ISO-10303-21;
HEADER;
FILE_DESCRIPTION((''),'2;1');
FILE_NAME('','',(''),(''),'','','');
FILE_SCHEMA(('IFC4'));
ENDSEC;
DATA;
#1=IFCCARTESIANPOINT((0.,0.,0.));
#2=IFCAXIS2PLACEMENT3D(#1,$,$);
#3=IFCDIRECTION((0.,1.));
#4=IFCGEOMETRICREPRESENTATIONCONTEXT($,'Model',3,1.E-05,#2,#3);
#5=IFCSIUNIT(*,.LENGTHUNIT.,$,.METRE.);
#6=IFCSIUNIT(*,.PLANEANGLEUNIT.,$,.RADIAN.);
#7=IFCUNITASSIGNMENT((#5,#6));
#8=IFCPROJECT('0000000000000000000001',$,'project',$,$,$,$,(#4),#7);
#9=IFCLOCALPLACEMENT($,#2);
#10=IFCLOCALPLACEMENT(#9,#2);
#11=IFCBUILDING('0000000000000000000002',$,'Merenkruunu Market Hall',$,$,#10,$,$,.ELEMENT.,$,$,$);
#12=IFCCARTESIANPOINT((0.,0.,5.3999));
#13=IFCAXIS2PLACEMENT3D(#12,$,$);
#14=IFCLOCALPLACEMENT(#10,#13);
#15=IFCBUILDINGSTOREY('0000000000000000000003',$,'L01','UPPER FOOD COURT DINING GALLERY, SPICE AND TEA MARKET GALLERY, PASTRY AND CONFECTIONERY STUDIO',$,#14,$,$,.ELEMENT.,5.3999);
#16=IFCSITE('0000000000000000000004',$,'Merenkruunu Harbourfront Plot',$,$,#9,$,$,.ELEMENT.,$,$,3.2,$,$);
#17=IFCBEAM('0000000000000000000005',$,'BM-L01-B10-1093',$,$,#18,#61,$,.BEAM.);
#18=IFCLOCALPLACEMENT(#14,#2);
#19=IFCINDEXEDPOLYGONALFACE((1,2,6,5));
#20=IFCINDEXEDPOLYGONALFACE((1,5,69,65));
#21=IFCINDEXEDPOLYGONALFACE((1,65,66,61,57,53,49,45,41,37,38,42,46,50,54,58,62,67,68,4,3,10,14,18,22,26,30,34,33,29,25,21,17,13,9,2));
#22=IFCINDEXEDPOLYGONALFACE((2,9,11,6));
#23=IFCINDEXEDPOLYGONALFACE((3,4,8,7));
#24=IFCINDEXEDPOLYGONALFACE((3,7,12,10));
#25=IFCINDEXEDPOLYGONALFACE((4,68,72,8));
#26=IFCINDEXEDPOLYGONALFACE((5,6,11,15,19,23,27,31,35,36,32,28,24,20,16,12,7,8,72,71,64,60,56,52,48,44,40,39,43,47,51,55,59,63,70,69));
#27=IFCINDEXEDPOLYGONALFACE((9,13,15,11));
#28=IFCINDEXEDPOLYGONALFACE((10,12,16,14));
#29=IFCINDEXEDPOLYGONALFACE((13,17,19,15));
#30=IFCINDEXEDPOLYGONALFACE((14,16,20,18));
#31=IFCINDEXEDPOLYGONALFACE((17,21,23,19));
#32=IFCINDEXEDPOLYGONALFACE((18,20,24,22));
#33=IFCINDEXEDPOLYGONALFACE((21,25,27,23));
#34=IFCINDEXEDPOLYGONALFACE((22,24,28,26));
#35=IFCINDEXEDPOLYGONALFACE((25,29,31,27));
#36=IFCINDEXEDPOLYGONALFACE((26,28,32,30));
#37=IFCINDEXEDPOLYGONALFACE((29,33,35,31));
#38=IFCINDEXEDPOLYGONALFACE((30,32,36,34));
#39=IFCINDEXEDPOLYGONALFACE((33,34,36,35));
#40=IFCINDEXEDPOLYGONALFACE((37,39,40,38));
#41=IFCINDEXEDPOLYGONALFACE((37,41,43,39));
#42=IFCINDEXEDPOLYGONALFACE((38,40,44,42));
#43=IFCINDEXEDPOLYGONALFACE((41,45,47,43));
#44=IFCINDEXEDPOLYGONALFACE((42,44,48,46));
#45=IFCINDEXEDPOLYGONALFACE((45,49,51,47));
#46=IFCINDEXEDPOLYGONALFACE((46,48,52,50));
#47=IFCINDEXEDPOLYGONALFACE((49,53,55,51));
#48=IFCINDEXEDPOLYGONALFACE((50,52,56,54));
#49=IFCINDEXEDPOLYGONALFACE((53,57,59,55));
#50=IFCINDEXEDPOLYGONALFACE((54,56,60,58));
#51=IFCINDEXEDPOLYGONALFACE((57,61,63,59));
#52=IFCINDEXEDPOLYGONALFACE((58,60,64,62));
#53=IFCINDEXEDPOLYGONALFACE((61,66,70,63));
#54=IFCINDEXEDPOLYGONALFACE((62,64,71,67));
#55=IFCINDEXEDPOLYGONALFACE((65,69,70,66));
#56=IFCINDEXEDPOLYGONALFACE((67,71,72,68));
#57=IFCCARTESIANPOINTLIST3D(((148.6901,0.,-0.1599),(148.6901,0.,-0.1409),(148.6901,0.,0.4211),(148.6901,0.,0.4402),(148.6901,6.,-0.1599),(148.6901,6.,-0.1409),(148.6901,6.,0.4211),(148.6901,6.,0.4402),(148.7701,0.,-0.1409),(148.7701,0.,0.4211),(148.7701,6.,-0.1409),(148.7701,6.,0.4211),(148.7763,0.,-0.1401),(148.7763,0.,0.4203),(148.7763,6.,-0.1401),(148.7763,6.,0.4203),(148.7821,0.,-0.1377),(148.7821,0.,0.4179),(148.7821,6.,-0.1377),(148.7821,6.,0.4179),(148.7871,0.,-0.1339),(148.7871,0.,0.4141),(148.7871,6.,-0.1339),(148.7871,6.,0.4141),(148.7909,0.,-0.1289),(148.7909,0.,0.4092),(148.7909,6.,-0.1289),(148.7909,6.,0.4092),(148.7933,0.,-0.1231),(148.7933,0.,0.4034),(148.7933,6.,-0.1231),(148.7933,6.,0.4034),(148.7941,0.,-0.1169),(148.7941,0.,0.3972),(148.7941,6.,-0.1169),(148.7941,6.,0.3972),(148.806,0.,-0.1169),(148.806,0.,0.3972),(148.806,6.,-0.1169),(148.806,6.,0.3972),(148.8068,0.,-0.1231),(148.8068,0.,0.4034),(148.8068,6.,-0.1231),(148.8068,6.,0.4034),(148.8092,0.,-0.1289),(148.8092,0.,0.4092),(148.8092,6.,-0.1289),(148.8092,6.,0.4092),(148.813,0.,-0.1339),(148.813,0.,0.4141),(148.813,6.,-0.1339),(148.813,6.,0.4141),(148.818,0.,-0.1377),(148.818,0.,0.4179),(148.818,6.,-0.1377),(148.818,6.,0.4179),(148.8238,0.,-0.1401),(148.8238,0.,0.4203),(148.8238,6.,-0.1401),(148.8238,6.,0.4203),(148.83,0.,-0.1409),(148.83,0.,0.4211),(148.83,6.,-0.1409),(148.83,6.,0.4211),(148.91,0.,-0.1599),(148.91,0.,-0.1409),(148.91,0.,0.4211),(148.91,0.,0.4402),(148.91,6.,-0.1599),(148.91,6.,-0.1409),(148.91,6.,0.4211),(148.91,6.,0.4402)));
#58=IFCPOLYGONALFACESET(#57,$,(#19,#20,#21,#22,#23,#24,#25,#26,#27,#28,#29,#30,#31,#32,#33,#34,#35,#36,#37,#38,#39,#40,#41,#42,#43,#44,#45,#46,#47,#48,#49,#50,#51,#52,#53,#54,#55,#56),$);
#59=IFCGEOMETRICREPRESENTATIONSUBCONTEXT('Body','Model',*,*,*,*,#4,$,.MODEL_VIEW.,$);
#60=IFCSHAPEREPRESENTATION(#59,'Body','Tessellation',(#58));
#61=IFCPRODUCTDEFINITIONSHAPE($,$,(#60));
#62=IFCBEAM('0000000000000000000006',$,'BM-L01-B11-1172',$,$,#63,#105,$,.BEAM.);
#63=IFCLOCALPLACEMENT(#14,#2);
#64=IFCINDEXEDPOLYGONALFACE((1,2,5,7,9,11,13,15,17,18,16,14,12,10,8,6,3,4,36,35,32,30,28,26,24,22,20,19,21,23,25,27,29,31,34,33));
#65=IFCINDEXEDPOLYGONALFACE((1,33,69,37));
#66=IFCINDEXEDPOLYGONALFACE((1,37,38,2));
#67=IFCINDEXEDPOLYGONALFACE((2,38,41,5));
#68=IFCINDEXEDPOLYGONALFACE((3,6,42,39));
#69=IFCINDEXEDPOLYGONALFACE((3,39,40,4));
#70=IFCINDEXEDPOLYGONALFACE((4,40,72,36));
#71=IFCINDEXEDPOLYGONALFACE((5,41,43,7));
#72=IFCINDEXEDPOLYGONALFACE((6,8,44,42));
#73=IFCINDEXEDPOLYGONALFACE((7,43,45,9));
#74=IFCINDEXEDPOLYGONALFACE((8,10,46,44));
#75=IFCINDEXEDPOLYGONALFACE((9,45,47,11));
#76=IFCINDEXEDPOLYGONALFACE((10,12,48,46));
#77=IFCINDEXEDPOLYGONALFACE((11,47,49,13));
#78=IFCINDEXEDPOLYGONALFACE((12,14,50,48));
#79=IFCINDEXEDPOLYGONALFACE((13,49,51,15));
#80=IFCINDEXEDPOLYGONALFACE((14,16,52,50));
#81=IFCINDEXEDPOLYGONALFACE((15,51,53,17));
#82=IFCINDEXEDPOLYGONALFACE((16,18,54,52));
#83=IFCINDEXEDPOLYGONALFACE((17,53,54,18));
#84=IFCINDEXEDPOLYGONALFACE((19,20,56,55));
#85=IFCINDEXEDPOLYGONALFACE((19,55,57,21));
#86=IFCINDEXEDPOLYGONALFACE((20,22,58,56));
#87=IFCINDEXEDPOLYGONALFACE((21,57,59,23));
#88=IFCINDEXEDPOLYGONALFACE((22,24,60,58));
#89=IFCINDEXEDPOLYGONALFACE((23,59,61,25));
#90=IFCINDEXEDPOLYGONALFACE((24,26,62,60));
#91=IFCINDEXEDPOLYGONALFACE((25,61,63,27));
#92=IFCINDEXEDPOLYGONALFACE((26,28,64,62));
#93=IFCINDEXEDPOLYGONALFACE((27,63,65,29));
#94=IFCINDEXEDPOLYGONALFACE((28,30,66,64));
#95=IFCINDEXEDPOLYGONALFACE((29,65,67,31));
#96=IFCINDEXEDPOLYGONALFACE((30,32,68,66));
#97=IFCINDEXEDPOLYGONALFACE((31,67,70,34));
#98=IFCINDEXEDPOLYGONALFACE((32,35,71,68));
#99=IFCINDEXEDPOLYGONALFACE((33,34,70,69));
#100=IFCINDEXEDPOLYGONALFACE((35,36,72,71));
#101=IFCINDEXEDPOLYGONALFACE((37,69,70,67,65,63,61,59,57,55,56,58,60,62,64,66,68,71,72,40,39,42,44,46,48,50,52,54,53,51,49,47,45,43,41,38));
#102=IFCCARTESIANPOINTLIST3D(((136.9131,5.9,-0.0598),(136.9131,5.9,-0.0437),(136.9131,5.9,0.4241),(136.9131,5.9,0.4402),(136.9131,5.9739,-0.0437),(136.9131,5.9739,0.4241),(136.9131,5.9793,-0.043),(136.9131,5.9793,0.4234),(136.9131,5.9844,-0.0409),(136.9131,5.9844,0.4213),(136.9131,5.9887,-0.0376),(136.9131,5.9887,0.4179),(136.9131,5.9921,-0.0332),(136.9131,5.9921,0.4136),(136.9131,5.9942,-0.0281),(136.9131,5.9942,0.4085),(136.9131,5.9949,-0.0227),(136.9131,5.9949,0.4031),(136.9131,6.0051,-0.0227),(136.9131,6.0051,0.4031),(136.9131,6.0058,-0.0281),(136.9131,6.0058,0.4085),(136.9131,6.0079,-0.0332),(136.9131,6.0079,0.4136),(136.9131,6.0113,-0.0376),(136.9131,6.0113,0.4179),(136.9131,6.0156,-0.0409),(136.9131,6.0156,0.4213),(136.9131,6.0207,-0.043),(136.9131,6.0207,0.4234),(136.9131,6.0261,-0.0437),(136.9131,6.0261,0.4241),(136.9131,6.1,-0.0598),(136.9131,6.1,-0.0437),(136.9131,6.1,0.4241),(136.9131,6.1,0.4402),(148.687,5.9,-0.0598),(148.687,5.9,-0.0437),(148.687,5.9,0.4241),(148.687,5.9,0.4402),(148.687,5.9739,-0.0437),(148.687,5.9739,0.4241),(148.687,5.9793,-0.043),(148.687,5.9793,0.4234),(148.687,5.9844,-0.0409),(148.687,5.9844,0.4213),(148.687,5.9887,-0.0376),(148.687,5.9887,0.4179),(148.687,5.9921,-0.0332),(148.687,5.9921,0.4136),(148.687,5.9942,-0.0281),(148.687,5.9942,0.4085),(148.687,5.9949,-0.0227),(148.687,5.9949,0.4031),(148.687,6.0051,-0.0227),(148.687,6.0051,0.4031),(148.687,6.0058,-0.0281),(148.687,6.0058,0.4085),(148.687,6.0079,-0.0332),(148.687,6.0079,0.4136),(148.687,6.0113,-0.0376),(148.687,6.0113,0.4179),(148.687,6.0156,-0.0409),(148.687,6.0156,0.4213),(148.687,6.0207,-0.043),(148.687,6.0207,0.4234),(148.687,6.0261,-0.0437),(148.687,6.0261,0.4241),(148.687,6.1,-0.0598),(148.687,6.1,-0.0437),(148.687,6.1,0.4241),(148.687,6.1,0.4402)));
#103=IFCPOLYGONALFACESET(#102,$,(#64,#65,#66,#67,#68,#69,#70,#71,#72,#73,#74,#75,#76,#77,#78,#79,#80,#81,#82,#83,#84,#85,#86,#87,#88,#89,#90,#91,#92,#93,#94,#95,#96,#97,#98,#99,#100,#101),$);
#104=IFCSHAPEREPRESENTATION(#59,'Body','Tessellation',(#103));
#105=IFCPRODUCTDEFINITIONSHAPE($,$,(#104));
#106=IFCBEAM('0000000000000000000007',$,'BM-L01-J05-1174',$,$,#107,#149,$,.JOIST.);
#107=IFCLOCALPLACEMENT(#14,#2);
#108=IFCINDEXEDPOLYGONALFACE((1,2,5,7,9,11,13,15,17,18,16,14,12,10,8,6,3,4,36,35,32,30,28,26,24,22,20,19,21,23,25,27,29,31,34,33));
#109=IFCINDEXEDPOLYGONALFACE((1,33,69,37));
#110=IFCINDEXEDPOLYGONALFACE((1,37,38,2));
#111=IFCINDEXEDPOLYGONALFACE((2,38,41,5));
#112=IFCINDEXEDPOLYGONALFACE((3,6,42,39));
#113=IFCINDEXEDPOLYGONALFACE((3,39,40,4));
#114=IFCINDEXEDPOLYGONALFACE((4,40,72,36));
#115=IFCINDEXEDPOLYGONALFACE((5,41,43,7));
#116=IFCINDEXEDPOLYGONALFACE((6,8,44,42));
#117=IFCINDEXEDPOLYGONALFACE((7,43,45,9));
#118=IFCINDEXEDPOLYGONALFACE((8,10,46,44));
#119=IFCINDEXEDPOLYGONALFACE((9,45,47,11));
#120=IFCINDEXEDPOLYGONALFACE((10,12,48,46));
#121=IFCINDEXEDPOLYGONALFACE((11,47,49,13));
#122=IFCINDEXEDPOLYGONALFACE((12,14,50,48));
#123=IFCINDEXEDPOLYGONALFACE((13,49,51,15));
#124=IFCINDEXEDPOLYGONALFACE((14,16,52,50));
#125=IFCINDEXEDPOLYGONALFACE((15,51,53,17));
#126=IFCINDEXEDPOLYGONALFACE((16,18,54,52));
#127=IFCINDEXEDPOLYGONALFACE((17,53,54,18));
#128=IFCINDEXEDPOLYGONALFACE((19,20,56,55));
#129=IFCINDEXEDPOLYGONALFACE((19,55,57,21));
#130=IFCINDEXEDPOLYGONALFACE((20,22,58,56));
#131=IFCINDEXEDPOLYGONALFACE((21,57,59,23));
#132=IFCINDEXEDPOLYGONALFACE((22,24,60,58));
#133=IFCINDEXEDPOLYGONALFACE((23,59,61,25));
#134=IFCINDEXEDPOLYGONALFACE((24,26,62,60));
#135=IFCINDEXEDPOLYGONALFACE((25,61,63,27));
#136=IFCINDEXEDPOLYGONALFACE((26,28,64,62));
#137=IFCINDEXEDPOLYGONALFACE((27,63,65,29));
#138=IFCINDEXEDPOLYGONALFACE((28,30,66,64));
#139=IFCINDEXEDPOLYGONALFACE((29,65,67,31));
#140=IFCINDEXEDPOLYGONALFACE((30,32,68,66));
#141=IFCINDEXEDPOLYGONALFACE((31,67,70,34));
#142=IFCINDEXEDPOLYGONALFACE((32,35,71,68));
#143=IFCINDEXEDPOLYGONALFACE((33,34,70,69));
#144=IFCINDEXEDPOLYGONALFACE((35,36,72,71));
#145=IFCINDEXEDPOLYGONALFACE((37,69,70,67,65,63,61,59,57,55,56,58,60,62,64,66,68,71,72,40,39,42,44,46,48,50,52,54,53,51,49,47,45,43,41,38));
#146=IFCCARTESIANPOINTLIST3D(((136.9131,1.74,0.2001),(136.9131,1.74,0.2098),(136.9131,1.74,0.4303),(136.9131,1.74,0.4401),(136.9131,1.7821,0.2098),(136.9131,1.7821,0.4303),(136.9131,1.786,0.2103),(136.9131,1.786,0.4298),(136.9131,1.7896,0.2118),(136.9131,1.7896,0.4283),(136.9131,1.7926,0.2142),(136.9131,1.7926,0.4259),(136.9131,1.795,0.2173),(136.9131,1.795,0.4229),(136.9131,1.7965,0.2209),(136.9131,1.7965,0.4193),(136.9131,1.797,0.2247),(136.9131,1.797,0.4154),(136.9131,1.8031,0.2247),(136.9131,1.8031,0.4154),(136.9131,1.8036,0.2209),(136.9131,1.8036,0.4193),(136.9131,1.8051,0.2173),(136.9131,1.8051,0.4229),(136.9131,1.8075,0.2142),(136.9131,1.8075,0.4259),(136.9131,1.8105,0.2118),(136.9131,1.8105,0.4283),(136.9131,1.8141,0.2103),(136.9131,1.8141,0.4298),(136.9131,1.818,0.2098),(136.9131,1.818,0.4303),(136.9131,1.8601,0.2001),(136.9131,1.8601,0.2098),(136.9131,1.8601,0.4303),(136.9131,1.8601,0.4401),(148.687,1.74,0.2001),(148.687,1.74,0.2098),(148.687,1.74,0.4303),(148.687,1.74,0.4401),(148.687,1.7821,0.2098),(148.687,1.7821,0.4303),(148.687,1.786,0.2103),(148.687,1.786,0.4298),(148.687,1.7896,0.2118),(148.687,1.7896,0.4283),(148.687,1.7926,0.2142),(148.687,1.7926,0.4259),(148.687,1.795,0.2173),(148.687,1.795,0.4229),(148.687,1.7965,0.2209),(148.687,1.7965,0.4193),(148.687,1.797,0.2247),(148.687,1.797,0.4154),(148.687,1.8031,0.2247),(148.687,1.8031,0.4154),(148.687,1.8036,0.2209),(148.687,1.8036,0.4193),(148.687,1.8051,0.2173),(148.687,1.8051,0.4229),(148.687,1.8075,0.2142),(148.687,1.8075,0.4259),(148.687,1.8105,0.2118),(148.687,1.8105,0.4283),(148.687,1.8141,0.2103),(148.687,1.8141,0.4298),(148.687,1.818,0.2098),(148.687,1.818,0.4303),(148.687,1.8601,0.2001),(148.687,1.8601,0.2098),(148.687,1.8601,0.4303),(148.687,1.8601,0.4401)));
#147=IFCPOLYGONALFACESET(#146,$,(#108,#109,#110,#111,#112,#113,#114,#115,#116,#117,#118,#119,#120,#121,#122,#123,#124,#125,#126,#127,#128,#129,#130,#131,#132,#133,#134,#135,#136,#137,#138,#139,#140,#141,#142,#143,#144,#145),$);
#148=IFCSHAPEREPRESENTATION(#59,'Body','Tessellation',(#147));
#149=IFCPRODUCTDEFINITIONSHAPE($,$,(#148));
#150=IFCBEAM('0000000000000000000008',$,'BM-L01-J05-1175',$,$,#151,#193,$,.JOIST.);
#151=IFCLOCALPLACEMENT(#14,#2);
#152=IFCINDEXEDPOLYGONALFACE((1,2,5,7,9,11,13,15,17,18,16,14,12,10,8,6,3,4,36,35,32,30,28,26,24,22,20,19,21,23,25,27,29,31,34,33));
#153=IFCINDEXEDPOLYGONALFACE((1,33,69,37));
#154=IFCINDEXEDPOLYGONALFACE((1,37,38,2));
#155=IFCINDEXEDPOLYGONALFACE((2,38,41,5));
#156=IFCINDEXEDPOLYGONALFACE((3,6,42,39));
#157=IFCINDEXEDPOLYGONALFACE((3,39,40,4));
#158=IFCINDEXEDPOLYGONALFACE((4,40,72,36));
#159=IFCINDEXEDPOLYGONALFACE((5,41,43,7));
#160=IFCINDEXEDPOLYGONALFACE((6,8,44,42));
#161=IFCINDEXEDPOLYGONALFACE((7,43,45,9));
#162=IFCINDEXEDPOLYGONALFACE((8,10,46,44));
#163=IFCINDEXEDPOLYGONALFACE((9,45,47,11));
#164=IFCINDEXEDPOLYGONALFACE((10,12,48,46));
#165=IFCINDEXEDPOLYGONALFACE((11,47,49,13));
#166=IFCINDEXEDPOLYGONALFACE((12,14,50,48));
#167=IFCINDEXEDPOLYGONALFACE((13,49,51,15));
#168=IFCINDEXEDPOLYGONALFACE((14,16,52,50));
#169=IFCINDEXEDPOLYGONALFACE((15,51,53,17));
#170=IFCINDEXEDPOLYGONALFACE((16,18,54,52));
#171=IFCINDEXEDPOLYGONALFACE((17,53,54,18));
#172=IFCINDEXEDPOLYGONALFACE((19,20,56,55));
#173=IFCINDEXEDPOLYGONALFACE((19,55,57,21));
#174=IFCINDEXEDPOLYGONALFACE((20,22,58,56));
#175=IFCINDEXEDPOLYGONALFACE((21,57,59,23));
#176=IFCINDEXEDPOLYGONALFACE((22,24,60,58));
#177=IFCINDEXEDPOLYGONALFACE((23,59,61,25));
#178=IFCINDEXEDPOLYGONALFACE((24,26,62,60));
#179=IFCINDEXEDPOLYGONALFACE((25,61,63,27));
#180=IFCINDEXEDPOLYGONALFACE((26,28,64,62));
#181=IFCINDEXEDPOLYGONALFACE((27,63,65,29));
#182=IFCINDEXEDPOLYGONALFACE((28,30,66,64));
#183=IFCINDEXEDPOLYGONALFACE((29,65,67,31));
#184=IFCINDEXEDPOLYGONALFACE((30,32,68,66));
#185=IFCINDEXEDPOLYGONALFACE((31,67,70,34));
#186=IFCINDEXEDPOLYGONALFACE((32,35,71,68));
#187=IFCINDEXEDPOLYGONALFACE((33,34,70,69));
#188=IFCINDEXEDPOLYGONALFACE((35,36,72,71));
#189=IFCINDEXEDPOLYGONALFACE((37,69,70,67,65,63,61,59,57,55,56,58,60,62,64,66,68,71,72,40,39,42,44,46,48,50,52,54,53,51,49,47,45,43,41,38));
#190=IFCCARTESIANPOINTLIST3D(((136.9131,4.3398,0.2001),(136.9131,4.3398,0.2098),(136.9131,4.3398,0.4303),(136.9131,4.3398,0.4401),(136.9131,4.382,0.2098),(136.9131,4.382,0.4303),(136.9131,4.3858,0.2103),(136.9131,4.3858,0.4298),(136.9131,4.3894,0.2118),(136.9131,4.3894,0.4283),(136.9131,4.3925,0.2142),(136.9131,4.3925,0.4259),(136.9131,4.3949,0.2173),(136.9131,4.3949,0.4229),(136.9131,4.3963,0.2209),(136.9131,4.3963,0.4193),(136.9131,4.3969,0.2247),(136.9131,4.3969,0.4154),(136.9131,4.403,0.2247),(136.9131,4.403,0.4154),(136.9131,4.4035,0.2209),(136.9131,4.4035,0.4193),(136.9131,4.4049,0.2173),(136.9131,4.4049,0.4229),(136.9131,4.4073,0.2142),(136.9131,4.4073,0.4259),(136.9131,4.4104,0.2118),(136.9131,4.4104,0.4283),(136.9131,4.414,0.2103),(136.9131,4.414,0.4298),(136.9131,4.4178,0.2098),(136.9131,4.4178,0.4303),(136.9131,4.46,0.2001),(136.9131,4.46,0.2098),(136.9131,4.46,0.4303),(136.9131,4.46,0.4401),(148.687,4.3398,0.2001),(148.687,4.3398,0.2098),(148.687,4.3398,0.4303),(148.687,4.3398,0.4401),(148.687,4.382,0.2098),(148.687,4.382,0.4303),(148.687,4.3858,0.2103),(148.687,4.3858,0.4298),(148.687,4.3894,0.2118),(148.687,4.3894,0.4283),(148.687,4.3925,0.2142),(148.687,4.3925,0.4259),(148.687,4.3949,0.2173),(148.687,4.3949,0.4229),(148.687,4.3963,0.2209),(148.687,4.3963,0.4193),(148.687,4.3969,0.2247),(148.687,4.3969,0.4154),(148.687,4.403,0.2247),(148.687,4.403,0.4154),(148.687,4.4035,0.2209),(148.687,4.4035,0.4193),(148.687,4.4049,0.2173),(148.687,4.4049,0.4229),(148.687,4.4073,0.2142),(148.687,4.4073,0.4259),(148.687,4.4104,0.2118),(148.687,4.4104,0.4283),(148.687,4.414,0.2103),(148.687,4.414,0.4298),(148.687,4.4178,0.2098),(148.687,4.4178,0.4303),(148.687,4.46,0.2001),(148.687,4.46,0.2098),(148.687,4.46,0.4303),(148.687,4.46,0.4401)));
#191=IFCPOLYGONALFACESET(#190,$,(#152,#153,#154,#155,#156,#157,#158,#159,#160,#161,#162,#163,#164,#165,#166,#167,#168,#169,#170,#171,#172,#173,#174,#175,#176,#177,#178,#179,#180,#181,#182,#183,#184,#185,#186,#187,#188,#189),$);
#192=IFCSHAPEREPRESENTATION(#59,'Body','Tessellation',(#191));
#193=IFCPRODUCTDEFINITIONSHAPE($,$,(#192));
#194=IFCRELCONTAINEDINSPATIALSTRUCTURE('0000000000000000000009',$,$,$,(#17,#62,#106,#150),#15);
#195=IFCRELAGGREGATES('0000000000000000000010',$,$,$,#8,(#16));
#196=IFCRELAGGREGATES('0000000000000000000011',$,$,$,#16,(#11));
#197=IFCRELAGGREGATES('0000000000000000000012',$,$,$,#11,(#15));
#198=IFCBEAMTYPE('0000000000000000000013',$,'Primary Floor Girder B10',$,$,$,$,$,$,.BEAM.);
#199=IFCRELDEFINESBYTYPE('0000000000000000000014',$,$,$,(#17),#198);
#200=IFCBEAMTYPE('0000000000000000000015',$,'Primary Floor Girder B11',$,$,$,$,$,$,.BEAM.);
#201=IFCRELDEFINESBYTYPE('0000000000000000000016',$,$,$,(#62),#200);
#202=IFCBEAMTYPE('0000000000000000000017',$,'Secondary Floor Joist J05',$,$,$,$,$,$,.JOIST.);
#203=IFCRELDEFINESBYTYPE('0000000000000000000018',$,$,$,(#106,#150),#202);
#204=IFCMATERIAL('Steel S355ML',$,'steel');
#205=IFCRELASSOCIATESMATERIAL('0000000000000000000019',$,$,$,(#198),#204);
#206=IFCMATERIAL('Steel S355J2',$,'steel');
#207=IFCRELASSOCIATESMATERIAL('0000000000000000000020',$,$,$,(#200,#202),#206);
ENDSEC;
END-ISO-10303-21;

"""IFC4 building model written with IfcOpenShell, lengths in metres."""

from ifc_helpers import new_model, si_unit, direction, frame, origin, origin_2d, place, context, subcontext, project, spatial, i_section, extrude, material, material_profile, profile_set, type_object, element, save


model = new_model("IFC4")

# Units and contexts
model_context = context("Model", 3, precision=1e-05, world=origin(), true_north=direction((0.0, 1.0)))
body_context = subcontext(model_context, "Body", "Model", "MODEL_VIEW")
ifc_project = project(units=[si_unit("LENGTHUNIT", "METRE"), si_unit("PLANEANGLEUNIT", "RADIAN")], contexts=[model_context])

# Site, building, storey
site_placement = place(None, origin())
site = spatial("IfcSite", under=ifc_project, at=site_placement, Name="Merenkruunu Harbourfront Plot", CompositionType="ELEMENT", RefElevation=3.2)
building_placement = place(site_placement, origin())
building = spatial("IfcBuilding", under=site, at=building_placement, Name="Merenkruunu Market Hall", CompositionType="ELEMENT")
storey_placement = place(building_placement, frame((0.0, 0.0, 5.3999)))
storey = spatial("IfcBuildingStorey", under=building, at=storey_placement, Name="L01", Description="UPPER FOOD COURT DINING GALLERY, SPICE AND TEA MARKET GALLERY, PASTRY AND CONFECTIONERY STUDIO", CompositionType="ELEMENT", Elevation=5.3999)

# Shared definitions
ifc_material_1 = material(Name="Steel S355J2", Category="steel")

# Beams
ifc_material_2 = material(Name="Steel S355ML", Category="steel")
ifc_material_profile_1 = material_profile(ifc_material_2, i_section(OverallWidth=0.22, OverallDepth=0.6001, WebThickness=0.012, FlangeThickness=0.019, FilletRadius=0.0239, at=origin_2d()), Name="IPE 600")
ifc_profile_set_1 = profile_set([ifc_material_profile_1], Name="Steel S355ML")
beam_type_1 = type_object("IfcBeamType", Name="Primary Floor Girder B10", PredefinedType="BEAM", material=ifc_profile_set_1)
beam_1_placement = place(storey_placement, frame((148.8, 6.0, 0.1401), z_axis=(0.0, -1.0, 0.0), x_axis=(1.0, 0.0, 0.0)))
element("IfcBeam", 1, at=beam_1_placement, inside=storey, type_object=beam_type_1, Name="BM-L01-B10-1093", PredefinedType="BEAM", context=body_context, shape_type="SweptSolid", body=[
    extrude(i_section(OverallWidth=0.22, OverallDepth=0.6001, WebThickness=0.012, FlangeThickness=0.019, FilletRadius=0.0239, at=origin_2d()), origin(), (0.0, 0.0, 1.0), 6.0),
])
ifc_material_profile_2 = material_profile(ifc_material_1, i_section(OverallWidth=0.2, OverallDepth=0.5, WebThickness=0.0103, FlangeThickness=0.0161, FilletRadius=0.021, at=origin_2d()), Name="IPE 500")
ifc_profile_set_2 = profile_set([ifc_material_profile_2], Name="Steel S355J2")
beam_type_2 = type_object("IfcBeamType", Name="Primary Floor Girder B11", PredefinedType="BEAM", material=ifc_profile_set_2)
beam_2_placement = place(storey_placement, frame((136.9131, 6.0, 0.1902), z_axis=(1.0, 0.0, 0.0), x_axis=(0.0, 1.0, 0.0)))
element("IfcBeam", 2, at=beam_2_placement, inside=storey, type_object=beam_type_2, Name="BM-L01-B11-1172", PredefinedType="BEAM", context=body_context, shape_type="SweptSolid", body=[
    extrude(i_section(OverallWidth=0.2, OverallDepth=0.5, WebThickness=0.0103, FlangeThickness=0.0161, FilletRadius=0.021, at=origin_2d()), origin(), (0.0, 0.0, 1.0), 11.7739),
])
ifc_material_profile_3 = material_profile(ifc_material_1, i_section(OverallWidth=0.1201, OverallDepth=0.24, WebThickness=0.0061, FlangeThickness=0.0098, FilletRadius=0.0149, at=origin_2d()), Name="IPE 240")
ifc_profile_set_3 = profile_set([ifc_material_profile_3], Name="Steel S355J2")
beam_type_3 = type_object("IfcBeamType", Name="Secondary Floor Joist J05", PredefinedType="JOIST", material=ifc_profile_set_3)
for number, where, z_axis, x_axis, name in (
    (3, (136.9131, 1.8, 0.3201), (1.0, 0.0, 0.0), (0.0, 1.0, 0.0), "BM-L01-J05-1174"),
    (4, (136.9131, 4.3999, 0.3201), (1.0, 0.0, 0.0), (0.0, 1.0, 0.0), "BM-L01-J05-1175"),
):
    element("IfcBeam", number, at=place(storey_placement, frame(where, z_axis=z_axis, x_axis=x_axis)), inside=storey, type_object=beam_type_3, Name=name, PredefinedType="JOIST", context=body_context, shape_type="SweptSolid", body=[
        extrude(i_section(OverallWidth=0.1201, OverallDepth=0.24, WebThickness=0.0061, FlangeThickness=0.0098, FilletRadius=0.0149, at=origin_2d()), origin(), (0.0, 0.0, 1.0), 11.7739),
    ])

save(model, "model.ifc")
